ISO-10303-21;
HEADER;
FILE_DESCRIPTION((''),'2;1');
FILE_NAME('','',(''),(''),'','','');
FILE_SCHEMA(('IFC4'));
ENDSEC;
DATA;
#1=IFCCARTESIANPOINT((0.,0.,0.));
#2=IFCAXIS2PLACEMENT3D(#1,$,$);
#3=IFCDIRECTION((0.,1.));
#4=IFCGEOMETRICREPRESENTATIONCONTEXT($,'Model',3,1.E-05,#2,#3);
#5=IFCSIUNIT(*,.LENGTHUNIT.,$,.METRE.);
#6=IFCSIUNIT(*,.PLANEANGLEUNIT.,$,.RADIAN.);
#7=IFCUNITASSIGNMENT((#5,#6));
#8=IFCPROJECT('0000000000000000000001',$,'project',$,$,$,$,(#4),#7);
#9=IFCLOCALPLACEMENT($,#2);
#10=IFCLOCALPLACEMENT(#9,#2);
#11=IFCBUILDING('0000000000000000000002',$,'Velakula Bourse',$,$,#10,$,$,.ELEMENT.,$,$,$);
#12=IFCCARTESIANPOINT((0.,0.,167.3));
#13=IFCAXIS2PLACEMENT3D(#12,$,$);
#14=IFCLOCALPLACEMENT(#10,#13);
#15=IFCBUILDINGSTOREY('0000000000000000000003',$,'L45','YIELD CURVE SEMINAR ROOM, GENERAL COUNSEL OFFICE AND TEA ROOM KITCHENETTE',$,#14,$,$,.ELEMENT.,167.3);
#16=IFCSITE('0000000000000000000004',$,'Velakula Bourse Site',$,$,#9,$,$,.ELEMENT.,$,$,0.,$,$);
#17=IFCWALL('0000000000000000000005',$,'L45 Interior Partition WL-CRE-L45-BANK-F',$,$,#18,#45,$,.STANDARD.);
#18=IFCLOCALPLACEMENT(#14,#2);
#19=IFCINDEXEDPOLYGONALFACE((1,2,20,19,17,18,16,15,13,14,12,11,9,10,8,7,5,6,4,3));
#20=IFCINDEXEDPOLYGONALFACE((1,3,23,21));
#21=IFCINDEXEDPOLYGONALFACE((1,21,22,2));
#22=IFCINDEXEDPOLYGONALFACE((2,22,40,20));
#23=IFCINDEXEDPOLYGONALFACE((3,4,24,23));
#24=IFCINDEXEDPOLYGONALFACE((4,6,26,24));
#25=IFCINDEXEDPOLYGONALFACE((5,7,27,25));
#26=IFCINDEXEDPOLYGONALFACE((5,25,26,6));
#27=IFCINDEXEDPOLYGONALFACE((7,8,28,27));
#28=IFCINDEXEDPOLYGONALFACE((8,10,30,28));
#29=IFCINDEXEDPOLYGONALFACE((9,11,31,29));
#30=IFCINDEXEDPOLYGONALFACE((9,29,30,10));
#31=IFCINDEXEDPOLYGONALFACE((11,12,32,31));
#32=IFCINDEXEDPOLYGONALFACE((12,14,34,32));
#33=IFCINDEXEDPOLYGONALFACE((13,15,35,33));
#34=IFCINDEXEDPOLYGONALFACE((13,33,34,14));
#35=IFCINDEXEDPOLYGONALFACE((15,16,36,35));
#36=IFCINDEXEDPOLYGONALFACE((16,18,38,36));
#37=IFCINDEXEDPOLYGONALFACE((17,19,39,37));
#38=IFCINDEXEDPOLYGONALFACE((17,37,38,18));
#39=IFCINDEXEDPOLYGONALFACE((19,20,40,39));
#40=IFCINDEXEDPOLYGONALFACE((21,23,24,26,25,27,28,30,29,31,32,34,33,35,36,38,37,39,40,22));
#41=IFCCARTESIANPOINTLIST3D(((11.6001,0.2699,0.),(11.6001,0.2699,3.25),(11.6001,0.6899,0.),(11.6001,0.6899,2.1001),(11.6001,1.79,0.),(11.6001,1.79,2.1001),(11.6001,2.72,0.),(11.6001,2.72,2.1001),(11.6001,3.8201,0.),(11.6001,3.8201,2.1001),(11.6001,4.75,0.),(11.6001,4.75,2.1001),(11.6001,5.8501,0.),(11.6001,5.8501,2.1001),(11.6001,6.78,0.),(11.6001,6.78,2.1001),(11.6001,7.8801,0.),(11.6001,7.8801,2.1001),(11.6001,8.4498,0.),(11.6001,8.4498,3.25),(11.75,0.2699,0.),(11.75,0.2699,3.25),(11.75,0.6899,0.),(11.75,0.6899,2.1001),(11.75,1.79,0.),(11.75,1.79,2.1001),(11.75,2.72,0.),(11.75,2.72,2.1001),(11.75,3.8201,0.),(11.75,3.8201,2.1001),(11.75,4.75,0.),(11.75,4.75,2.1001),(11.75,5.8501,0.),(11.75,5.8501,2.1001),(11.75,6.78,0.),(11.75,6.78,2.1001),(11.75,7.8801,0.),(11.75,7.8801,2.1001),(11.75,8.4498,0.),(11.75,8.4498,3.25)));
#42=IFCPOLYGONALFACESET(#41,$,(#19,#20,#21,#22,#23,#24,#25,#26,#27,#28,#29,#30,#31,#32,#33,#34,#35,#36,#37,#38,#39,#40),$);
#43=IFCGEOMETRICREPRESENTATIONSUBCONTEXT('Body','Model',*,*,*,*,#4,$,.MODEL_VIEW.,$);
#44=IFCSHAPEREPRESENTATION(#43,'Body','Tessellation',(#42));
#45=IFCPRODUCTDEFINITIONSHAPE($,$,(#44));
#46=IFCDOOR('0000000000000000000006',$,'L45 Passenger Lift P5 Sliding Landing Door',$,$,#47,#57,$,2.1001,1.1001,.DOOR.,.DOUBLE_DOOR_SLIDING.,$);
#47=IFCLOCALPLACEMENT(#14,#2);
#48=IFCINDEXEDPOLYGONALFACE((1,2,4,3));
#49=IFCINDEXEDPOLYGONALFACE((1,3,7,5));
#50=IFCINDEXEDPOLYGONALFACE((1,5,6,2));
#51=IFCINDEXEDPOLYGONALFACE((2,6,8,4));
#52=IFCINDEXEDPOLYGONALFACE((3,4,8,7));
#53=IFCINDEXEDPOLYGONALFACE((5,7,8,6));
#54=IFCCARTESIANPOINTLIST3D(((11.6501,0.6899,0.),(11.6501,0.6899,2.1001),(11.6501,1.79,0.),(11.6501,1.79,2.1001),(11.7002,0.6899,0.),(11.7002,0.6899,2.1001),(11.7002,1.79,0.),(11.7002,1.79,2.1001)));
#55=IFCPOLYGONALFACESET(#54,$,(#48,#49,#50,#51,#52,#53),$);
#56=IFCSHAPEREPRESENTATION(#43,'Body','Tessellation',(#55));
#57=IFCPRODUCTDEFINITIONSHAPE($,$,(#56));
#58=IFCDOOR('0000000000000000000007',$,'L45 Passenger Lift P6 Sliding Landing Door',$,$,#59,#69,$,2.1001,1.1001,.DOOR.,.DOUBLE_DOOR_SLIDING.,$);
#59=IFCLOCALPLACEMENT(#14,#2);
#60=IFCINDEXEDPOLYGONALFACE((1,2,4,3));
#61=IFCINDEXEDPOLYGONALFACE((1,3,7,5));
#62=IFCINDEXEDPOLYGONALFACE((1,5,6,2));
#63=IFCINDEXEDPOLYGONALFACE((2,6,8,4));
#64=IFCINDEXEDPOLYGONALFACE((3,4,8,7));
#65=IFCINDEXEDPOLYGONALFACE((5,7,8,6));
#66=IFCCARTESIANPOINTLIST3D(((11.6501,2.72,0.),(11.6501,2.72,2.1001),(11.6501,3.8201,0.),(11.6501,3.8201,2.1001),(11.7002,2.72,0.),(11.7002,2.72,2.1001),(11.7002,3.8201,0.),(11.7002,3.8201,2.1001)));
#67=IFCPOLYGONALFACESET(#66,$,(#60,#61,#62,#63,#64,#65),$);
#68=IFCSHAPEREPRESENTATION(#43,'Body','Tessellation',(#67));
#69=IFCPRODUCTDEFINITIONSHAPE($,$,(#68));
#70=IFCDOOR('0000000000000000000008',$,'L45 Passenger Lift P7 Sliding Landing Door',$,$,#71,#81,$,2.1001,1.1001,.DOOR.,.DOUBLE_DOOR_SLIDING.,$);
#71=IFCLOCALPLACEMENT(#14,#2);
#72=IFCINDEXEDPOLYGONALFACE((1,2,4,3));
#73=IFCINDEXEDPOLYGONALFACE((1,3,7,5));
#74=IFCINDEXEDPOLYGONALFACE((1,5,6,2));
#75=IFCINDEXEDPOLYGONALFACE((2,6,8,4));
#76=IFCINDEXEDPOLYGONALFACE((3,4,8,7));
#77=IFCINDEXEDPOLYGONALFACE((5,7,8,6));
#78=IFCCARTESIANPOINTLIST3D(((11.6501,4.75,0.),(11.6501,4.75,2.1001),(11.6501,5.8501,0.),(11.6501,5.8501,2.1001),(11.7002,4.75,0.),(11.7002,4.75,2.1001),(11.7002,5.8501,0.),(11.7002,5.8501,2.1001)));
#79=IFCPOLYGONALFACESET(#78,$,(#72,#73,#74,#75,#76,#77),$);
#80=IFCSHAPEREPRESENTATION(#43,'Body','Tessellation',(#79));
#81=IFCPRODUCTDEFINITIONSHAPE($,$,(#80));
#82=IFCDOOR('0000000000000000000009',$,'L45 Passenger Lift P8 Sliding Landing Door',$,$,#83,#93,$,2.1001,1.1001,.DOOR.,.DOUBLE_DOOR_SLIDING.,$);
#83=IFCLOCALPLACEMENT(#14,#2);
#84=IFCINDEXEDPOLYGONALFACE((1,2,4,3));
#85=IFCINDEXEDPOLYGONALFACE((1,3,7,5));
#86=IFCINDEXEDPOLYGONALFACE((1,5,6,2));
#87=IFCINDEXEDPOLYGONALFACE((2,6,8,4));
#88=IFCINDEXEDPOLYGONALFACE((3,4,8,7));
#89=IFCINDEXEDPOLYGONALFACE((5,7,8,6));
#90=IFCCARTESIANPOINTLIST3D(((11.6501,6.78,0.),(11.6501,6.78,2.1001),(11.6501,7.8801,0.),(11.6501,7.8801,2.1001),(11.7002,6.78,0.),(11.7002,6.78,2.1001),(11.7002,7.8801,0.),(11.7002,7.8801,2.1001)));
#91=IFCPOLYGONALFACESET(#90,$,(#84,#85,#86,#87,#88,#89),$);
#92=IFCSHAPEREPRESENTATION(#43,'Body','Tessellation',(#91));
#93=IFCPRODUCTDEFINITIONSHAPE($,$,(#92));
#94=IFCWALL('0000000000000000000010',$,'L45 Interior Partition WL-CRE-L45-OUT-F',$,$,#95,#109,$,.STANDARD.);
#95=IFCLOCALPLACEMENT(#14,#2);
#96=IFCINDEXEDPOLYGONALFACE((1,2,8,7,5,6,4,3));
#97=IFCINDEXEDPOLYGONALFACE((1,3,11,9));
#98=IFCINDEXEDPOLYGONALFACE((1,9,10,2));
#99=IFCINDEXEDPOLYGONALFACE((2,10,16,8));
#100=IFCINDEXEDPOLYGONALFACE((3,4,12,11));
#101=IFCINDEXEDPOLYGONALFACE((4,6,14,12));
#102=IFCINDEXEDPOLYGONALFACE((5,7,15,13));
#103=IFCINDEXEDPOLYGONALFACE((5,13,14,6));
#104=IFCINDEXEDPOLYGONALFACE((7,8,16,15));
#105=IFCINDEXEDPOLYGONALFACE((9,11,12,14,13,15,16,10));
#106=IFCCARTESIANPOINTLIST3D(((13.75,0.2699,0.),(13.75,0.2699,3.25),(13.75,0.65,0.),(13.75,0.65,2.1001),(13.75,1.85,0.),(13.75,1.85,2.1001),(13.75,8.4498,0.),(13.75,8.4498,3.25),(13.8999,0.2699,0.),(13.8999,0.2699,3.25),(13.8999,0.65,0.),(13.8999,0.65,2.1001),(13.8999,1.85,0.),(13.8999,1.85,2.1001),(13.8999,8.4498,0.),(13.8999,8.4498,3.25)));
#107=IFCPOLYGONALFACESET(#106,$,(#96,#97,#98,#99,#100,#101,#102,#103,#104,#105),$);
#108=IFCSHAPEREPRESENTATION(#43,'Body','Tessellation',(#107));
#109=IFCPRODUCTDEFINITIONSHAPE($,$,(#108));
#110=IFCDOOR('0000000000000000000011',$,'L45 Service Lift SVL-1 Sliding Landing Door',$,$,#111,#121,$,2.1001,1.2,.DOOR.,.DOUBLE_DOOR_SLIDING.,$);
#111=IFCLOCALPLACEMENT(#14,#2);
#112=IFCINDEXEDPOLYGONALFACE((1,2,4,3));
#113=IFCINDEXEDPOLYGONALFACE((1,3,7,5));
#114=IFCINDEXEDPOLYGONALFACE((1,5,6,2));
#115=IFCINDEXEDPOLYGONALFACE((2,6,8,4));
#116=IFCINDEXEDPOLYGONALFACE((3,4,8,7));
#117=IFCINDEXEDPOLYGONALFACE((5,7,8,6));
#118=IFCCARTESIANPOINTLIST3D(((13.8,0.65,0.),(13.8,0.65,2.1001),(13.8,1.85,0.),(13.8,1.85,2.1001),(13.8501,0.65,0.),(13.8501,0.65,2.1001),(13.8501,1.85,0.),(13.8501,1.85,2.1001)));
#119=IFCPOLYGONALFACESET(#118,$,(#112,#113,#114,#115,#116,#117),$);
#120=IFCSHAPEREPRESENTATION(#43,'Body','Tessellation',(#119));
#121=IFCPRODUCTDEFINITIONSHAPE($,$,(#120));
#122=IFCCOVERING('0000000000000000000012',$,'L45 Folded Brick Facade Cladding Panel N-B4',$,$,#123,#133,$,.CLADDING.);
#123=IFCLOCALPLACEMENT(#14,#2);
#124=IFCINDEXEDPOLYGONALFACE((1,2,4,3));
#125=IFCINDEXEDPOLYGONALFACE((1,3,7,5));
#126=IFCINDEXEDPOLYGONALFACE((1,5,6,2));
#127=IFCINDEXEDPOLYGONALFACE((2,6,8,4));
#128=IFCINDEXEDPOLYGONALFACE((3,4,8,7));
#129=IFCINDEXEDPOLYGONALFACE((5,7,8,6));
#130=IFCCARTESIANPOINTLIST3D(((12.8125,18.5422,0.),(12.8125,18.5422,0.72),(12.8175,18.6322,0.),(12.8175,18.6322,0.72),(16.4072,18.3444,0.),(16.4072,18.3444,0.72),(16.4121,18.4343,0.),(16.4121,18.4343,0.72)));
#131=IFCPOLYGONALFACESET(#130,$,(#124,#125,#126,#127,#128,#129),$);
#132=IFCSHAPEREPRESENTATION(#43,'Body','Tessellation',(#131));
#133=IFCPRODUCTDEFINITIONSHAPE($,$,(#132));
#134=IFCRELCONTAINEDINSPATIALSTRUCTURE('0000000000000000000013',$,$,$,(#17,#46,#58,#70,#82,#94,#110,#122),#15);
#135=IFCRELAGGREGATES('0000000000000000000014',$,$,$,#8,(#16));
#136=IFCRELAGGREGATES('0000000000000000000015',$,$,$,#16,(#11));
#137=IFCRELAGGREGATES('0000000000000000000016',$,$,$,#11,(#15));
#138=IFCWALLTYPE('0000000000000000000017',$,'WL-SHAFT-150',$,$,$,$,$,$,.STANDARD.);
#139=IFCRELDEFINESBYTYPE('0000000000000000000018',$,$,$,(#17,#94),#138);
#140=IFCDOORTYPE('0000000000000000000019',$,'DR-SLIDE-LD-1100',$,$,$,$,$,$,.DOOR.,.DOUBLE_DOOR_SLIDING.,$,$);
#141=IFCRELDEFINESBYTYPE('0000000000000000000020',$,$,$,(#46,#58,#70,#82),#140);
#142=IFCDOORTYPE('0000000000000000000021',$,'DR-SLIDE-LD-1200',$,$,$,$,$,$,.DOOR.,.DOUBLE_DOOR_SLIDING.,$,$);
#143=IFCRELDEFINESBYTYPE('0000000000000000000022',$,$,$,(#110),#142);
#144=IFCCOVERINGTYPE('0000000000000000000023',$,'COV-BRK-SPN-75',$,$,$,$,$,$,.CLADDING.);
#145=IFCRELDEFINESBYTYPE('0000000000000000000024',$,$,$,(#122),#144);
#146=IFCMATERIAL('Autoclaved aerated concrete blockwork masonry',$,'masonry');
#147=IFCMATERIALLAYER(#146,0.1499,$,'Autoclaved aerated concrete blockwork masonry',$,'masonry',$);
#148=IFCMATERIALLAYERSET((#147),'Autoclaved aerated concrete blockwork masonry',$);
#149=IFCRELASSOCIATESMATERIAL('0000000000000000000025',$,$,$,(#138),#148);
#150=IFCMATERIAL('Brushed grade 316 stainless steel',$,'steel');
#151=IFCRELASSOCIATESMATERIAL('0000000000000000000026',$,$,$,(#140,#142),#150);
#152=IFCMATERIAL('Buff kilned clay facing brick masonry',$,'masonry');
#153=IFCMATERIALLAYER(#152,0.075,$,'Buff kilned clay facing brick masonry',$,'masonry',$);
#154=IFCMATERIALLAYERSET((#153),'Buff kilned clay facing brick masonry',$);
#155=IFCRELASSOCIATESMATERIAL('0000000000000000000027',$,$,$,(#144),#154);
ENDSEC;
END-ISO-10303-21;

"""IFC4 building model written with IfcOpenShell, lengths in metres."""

from ifc_helpers import new_model, si_unit, direction, frame, frame_2d, origin, origin_2d, place, context, subcontext, project, spatial, rectangle, extrude, material, layer, layer_set, type_object, element, fill, save


model = new_model("IFC4")

# Units and contexts
model_context = context("Model", 3, precision=1e-05, world=origin(), true_north=direction((0.0, 1.0)))
body_context = subcontext(model_context, "Body", "Model", "MODEL_VIEW")
ifc_project = project(units=[si_unit("LENGTHUNIT", "METRE"), si_unit("PLANEANGLEUNIT", "RADIAN")], contexts=[model_context])

# Site, building, storey
site_placement = place(None, origin())
site = spatial("IfcSite", under=ifc_project, at=site_placement, Name="Velakula Bourse Site", CompositionType="ELEMENT", RefElevation=0.0)
building_placement = place(site_placement, origin())
building = spatial("IfcBuilding", under=site, at=building_placement, Name="Velakula Bourse", CompositionType="ELEMENT")
storey_placement = place(building_placement, frame((0.0, 0.0, 167.3)))
storey = spatial("IfcBuildingStorey", under=building, at=storey_placement, Name="L45", Description="YIELD CURVE SEMINAR ROOM, GENERAL COUNSEL OFFICE AND TEA ROOM KITCHENETTE", CompositionType="ELEMENT", Elevation=167.3)

# Shared definitions
ifc_material_1 = material(Name="Autoclaved aerated concrete blockwork masonry", Category="masonry")
ifc_layer_1 = layer(ifc_material_1, 0.1499, Name="Autoclaved aerated concrete blockwork masonry", Category="masonry")
ifc_layer_set_1 = layer_set([ifc_layer_1], Name="Autoclaved aerated concrete blockwork masonry")
wall_type_1 = type_object("IfcWallType", Name="WL-SHAFT-150", PredefinedType="STANDARD", material=ifc_layer_set_1)

# Wall, openings, doors
wall_1_placement = place(storey_placement, frame((11.675, 0.27, 0.0), z_axis=(0.0, 0.0, 1.0), x_axis=(0.0, 1.0, 0.0)))
wall_1 = element("IfcWall", 1, at=wall_1_placement, inside=storey, type_object=wall_type_1, Name="L45 Interior Partition WL-CRE-L45-BANK-F", PredefinedType="STANDARD", context=body_context, shape_type="SweptSolid", body=[
    extrude(rectangle(XDim=8.1799, YDim=0.1499, at=frame_2d((4.0898, 0.0))), origin(), (0.0, 0.0, 1.0), 3.25),
])
opening_1_placement = place(wall_1_placement, frame((0.4199, 0.0, 0.0)))
opening_1 = element("IfcOpeningElement", 2, at=opening_1_placement, cuts=wall_1, PredefinedType="OPENING", context=body_context, shape_type="SweptSolid", body=[
    extrude(rectangle(XDim=1.1001, YDim=2.1001, at=frame_2d((0.55, 1.05))), frame((0.0, 0.085, 0.0), z_axis=(0.0, -1.0, 0.0), x_axis=(1.0, 0.0, 0.0)), (0.0, 0.0, 1.0), 0.1699),
])
opening_2_placement = place(wall_1_placement, frame((2.45, 0.0, 0.0)))
opening_2 = element("IfcOpeningElement", 3, at=opening_2_placement, cuts=wall_1, PredefinedType="OPENING", context=body_context, shape_type="SweptSolid", body=[
    extrude(rectangle(XDim=1.1001, YDim=2.1001, at=frame_2d((0.55, 1.05))), frame((0.0, 0.085, 0.0), z_axis=(0.0, -1.0, 0.0), x_axis=(1.0, 0.0, 0.0)), (0.0, 0.0, 1.0), 0.1699),
])
opening_3_placement = place(wall_1_placement, frame((4.48, 0.0, 0.0)))
opening_3 = element("IfcOpeningElement", 4, at=opening_3_placement, cuts=wall_1, PredefinedType="OPENING", context=body_context, shape_type="SweptSolid", body=[
    extrude(rectangle(XDim=1.1001, YDim=2.1001, at=frame_2d((0.55, 1.05))), frame((0.0, 0.085, 0.0), z_axis=(0.0, -1.0, 0.0), x_axis=(1.0, 0.0, 0.0)), (0.0, 0.0, 1.0), 0.1699),
])
opening_4_placement = place(wall_1_placement, frame((6.51, 0.0, 0.0)))
opening_4 = element("IfcOpeningElement", 5, at=opening_4_placement, cuts=wall_1, PredefinedType="OPENING", context=body_context, shape_type="SweptSolid", body=[
    extrude(rectangle(XDim=1.1001, YDim=2.1001, at=frame_2d((0.55, 1.05))), frame((0.0, 0.085, 0.0), z_axis=(0.0, -1.0, 0.0), x_axis=(1.0, 0.0, 0.0)), (0.0, 0.0, 1.0), 0.1699),
])
ifc_material_2 = material(Name="Brushed grade 316 stainless steel", Category="steel")
door_type_1 = type_object("IfcDoorType", Name="DR-SLIDE-LD-1100", OperationType="DOUBLE_DOOR_SLIDING", PredefinedType="DOOR", material=ifc_material_2)
door_1_placement = place(opening_1_placement, origin())
door_1 = element("IfcDoor", 6, at=door_1_placement, inside=storey, type_object=door_type_1, Name="L45 Passenger Lift P5 Sliding Landing Door", OperationType="DOUBLE_DOOR_SLIDING", OverallHeight=2.1001, OverallWidth=1.1001, PredefinedType="DOOR", context=body_context, shape_type="SweptSolid", body=[
    extrude(rectangle(XDim=1.1001, YDim=2.1001, at=frame_2d((0.55, 1.05))), frame((0.0, 0.0249, 0.0), z_axis=(0.0, -1.0, 0.0), x_axis=(1.0, 0.0, 0.0)), (0.0, 0.0, 1.0), 0.05),
])
fill(opening_1, door_1)
door_2_placement = place(opening_2_placement, origin())
door_2 = element("IfcDoor", 7, at=door_2_placement, inside=storey, type_object=door_type_1, Name="L45 Passenger Lift P6 Sliding Landing Door", OperationType="DOUBLE_DOOR_SLIDING", OverallHeight=2.1001, OverallWidth=1.1001, PredefinedType="DOOR", context=body_context, shape_type="SweptSolid", body=[
    extrude(rectangle(XDim=1.1001, YDim=2.1001, at=frame_2d((0.55, 1.05))), frame((0.0, 0.0249, 0.0), z_axis=(0.0, -1.0, 0.0), x_axis=(1.0, 0.0, 0.0)), (0.0, 0.0, 1.0), 0.05),
])
fill(opening_2, door_2)
door_3_placement = place(opening_3_placement, origin())
door_3 = element("IfcDoor", 8, at=door_3_placement, inside=storey, type_object=door_type_1, Name="L45 Passenger Lift P7 Sliding Landing Door", OperationType="DOUBLE_DOOR_SLIDING", OverallHeight=2.1001, OverallWidth=1.1001, PredefinedType="DOOR", context=body_context, shape_type="SweptSolid", body=[
    extrude(rectangle(XDim=1.1001, YDim=2.1001, at=frame_2d((0.55, 1.05))), frame((0.0, 0.0249, 0.0), z_axis=(0.0, -1.0, 0.0), x_axis=(1.0, 0.0, 0.0)), (0.0, 0.0, 1.0), 0.05),
])
fill(opening_3, door_3)
door_4_placement = place(opening_4_placement, origin())
door_4 = element("IfcDoor", 9, at=door_4_placement, inside=storey, type_object=door_type_1, Name="L45 Passenger Lift P8 Sliding Landing Door", OperationType="DOUBLE_DOOR_SLIDING", OverallHeight=2.1001, OverallWidth=1.1001, PredefinedType="DOOR", context=body_context, shape_type="SweptSolid", body=[
    extrude(rectangle(XDim=1.1001, YDim=2.1001, at=frame_2d((0.55, 1.05))), frame((0.0, 0.0249, 0.0), z_axis=(0.0, -1.0, 0.0), x_axis=(1.0, 0.0, 0.0)), (0.0, 0.0, 1.0), 0.05),
])
fill(opening_4, door_4)

# Wall, opening, door
wall_2_placement = place(storey_placement, frame((13.825, 0.27, 0.0), z_axis=(0.0, 0.0, 1.0), x_axis=(0.0, 1.0, 0.0)))
wall_2 = element("IfcWall", 10, at=wall_2_placement, inside=storey, type_object=wall_type_1, Name="L45 Interior Partition WL-CRE-L45-OUT-F", PredefinedType="STANDARD", context=body_context, shape_type="SweptSolid", body=[
    extrude(rectangle(XDim=8.1799, YDim=0.1499, at=frame_2d((4.0898, 0.0))), origin(), (0.0, 0.0, 1.0), 3.25),
])
opening_5_placement = place(wall_2_placement, frame((0.3799, 0.0, 0.0)))
opening_5 = element("IfcOpeningElement", 11, at=opening_5_placement, cuts=wall_2, PredefinedType="OPENING", context=body_context, shape_type="SweptSolid", body=[
    extrude(rectangle(XDim=1.2, YDim=2.1001, at=frame_2d((0.6001, 1.05))), frame((0.0, 0.085, 0.0), z_axis=(0.0, -1.0, 0.0), x_axis=(1.0, 0.0, 0.0)), (0.0, 0.0, 1.0), 0.1699),
])
door_type_2 = type_object("IfcDoorType", Name="DR-SLIDE-LD-1200", OperationType="DOUBLE_DOOR_SLIDING", PredefinedType="DOOR", material=ifc_material_2)
door_5_placement = place(opening_5_placement, origin())
door_5 = element("IfcDoor", 12, at=door_5_placement, inside=storey, type_object=door_type_2, Name="L45 Service Lift SVL-1 Sliding Landing Door", OperationType="DOUBLE_DOOR_SLIDING", OverallHeight=2.1001, OverallWidth=1.2, PredefinedType="DOOR", context=body_context, shape_type="SweptSolid", body=[
    extrude(rectangle(XDim=1.2, YDim=2.1001, at=frame_2d((0.6001, 1.05))), frame((0.0, 0.0249, 0.0), z_axis=(0.0, -1.0, 0.0), x_axis=(1.0, 0.0, 0.0)), (0.0, 0.0, 1.0), 0.05),
])
fill(opening_5, door_5)

# Covering
ifc_material_3 = material(Name="Buff kilned clay facing brick masonry", Category="masonry")
ifc_layer_2 = layer(ifc_material_3, 0.075, Name="Buff kilned clay facing brick masonry", Category="masonry")
ifc_layer_set_2 = layer_set([ifc_layer_2], Name="Buff kilned clay facing brick masonry")
covering_type = type_object("IfcCoveringType", Name="COV-BRK-SPN-75", PredefinedType="CLADDING", material=ifc_layer_set_2)
covering_placement = place(storey_placement, frame((14.6123, 18.4883, 0.0), z_axis=(0.0, 0.0, 1.0), x_axis=(0.998489, -0.05495, 0.0)))
element("IfcCovering", 13, at=covering_placement, inside=storey, type_object=covering_type, Name="L45 Folded Brick Facade Cladding Panel N-B4", PredefinedType="CLADDING", context=body_context, shape_type="SweptSolid", body=[
    extrude(rectangle(XDim=3.6001, YDim=0.0901, at=origin_2d()), origin(), (0.0, 0.0, 1.0), 0.72),
])

save(model, "model.ifc")
